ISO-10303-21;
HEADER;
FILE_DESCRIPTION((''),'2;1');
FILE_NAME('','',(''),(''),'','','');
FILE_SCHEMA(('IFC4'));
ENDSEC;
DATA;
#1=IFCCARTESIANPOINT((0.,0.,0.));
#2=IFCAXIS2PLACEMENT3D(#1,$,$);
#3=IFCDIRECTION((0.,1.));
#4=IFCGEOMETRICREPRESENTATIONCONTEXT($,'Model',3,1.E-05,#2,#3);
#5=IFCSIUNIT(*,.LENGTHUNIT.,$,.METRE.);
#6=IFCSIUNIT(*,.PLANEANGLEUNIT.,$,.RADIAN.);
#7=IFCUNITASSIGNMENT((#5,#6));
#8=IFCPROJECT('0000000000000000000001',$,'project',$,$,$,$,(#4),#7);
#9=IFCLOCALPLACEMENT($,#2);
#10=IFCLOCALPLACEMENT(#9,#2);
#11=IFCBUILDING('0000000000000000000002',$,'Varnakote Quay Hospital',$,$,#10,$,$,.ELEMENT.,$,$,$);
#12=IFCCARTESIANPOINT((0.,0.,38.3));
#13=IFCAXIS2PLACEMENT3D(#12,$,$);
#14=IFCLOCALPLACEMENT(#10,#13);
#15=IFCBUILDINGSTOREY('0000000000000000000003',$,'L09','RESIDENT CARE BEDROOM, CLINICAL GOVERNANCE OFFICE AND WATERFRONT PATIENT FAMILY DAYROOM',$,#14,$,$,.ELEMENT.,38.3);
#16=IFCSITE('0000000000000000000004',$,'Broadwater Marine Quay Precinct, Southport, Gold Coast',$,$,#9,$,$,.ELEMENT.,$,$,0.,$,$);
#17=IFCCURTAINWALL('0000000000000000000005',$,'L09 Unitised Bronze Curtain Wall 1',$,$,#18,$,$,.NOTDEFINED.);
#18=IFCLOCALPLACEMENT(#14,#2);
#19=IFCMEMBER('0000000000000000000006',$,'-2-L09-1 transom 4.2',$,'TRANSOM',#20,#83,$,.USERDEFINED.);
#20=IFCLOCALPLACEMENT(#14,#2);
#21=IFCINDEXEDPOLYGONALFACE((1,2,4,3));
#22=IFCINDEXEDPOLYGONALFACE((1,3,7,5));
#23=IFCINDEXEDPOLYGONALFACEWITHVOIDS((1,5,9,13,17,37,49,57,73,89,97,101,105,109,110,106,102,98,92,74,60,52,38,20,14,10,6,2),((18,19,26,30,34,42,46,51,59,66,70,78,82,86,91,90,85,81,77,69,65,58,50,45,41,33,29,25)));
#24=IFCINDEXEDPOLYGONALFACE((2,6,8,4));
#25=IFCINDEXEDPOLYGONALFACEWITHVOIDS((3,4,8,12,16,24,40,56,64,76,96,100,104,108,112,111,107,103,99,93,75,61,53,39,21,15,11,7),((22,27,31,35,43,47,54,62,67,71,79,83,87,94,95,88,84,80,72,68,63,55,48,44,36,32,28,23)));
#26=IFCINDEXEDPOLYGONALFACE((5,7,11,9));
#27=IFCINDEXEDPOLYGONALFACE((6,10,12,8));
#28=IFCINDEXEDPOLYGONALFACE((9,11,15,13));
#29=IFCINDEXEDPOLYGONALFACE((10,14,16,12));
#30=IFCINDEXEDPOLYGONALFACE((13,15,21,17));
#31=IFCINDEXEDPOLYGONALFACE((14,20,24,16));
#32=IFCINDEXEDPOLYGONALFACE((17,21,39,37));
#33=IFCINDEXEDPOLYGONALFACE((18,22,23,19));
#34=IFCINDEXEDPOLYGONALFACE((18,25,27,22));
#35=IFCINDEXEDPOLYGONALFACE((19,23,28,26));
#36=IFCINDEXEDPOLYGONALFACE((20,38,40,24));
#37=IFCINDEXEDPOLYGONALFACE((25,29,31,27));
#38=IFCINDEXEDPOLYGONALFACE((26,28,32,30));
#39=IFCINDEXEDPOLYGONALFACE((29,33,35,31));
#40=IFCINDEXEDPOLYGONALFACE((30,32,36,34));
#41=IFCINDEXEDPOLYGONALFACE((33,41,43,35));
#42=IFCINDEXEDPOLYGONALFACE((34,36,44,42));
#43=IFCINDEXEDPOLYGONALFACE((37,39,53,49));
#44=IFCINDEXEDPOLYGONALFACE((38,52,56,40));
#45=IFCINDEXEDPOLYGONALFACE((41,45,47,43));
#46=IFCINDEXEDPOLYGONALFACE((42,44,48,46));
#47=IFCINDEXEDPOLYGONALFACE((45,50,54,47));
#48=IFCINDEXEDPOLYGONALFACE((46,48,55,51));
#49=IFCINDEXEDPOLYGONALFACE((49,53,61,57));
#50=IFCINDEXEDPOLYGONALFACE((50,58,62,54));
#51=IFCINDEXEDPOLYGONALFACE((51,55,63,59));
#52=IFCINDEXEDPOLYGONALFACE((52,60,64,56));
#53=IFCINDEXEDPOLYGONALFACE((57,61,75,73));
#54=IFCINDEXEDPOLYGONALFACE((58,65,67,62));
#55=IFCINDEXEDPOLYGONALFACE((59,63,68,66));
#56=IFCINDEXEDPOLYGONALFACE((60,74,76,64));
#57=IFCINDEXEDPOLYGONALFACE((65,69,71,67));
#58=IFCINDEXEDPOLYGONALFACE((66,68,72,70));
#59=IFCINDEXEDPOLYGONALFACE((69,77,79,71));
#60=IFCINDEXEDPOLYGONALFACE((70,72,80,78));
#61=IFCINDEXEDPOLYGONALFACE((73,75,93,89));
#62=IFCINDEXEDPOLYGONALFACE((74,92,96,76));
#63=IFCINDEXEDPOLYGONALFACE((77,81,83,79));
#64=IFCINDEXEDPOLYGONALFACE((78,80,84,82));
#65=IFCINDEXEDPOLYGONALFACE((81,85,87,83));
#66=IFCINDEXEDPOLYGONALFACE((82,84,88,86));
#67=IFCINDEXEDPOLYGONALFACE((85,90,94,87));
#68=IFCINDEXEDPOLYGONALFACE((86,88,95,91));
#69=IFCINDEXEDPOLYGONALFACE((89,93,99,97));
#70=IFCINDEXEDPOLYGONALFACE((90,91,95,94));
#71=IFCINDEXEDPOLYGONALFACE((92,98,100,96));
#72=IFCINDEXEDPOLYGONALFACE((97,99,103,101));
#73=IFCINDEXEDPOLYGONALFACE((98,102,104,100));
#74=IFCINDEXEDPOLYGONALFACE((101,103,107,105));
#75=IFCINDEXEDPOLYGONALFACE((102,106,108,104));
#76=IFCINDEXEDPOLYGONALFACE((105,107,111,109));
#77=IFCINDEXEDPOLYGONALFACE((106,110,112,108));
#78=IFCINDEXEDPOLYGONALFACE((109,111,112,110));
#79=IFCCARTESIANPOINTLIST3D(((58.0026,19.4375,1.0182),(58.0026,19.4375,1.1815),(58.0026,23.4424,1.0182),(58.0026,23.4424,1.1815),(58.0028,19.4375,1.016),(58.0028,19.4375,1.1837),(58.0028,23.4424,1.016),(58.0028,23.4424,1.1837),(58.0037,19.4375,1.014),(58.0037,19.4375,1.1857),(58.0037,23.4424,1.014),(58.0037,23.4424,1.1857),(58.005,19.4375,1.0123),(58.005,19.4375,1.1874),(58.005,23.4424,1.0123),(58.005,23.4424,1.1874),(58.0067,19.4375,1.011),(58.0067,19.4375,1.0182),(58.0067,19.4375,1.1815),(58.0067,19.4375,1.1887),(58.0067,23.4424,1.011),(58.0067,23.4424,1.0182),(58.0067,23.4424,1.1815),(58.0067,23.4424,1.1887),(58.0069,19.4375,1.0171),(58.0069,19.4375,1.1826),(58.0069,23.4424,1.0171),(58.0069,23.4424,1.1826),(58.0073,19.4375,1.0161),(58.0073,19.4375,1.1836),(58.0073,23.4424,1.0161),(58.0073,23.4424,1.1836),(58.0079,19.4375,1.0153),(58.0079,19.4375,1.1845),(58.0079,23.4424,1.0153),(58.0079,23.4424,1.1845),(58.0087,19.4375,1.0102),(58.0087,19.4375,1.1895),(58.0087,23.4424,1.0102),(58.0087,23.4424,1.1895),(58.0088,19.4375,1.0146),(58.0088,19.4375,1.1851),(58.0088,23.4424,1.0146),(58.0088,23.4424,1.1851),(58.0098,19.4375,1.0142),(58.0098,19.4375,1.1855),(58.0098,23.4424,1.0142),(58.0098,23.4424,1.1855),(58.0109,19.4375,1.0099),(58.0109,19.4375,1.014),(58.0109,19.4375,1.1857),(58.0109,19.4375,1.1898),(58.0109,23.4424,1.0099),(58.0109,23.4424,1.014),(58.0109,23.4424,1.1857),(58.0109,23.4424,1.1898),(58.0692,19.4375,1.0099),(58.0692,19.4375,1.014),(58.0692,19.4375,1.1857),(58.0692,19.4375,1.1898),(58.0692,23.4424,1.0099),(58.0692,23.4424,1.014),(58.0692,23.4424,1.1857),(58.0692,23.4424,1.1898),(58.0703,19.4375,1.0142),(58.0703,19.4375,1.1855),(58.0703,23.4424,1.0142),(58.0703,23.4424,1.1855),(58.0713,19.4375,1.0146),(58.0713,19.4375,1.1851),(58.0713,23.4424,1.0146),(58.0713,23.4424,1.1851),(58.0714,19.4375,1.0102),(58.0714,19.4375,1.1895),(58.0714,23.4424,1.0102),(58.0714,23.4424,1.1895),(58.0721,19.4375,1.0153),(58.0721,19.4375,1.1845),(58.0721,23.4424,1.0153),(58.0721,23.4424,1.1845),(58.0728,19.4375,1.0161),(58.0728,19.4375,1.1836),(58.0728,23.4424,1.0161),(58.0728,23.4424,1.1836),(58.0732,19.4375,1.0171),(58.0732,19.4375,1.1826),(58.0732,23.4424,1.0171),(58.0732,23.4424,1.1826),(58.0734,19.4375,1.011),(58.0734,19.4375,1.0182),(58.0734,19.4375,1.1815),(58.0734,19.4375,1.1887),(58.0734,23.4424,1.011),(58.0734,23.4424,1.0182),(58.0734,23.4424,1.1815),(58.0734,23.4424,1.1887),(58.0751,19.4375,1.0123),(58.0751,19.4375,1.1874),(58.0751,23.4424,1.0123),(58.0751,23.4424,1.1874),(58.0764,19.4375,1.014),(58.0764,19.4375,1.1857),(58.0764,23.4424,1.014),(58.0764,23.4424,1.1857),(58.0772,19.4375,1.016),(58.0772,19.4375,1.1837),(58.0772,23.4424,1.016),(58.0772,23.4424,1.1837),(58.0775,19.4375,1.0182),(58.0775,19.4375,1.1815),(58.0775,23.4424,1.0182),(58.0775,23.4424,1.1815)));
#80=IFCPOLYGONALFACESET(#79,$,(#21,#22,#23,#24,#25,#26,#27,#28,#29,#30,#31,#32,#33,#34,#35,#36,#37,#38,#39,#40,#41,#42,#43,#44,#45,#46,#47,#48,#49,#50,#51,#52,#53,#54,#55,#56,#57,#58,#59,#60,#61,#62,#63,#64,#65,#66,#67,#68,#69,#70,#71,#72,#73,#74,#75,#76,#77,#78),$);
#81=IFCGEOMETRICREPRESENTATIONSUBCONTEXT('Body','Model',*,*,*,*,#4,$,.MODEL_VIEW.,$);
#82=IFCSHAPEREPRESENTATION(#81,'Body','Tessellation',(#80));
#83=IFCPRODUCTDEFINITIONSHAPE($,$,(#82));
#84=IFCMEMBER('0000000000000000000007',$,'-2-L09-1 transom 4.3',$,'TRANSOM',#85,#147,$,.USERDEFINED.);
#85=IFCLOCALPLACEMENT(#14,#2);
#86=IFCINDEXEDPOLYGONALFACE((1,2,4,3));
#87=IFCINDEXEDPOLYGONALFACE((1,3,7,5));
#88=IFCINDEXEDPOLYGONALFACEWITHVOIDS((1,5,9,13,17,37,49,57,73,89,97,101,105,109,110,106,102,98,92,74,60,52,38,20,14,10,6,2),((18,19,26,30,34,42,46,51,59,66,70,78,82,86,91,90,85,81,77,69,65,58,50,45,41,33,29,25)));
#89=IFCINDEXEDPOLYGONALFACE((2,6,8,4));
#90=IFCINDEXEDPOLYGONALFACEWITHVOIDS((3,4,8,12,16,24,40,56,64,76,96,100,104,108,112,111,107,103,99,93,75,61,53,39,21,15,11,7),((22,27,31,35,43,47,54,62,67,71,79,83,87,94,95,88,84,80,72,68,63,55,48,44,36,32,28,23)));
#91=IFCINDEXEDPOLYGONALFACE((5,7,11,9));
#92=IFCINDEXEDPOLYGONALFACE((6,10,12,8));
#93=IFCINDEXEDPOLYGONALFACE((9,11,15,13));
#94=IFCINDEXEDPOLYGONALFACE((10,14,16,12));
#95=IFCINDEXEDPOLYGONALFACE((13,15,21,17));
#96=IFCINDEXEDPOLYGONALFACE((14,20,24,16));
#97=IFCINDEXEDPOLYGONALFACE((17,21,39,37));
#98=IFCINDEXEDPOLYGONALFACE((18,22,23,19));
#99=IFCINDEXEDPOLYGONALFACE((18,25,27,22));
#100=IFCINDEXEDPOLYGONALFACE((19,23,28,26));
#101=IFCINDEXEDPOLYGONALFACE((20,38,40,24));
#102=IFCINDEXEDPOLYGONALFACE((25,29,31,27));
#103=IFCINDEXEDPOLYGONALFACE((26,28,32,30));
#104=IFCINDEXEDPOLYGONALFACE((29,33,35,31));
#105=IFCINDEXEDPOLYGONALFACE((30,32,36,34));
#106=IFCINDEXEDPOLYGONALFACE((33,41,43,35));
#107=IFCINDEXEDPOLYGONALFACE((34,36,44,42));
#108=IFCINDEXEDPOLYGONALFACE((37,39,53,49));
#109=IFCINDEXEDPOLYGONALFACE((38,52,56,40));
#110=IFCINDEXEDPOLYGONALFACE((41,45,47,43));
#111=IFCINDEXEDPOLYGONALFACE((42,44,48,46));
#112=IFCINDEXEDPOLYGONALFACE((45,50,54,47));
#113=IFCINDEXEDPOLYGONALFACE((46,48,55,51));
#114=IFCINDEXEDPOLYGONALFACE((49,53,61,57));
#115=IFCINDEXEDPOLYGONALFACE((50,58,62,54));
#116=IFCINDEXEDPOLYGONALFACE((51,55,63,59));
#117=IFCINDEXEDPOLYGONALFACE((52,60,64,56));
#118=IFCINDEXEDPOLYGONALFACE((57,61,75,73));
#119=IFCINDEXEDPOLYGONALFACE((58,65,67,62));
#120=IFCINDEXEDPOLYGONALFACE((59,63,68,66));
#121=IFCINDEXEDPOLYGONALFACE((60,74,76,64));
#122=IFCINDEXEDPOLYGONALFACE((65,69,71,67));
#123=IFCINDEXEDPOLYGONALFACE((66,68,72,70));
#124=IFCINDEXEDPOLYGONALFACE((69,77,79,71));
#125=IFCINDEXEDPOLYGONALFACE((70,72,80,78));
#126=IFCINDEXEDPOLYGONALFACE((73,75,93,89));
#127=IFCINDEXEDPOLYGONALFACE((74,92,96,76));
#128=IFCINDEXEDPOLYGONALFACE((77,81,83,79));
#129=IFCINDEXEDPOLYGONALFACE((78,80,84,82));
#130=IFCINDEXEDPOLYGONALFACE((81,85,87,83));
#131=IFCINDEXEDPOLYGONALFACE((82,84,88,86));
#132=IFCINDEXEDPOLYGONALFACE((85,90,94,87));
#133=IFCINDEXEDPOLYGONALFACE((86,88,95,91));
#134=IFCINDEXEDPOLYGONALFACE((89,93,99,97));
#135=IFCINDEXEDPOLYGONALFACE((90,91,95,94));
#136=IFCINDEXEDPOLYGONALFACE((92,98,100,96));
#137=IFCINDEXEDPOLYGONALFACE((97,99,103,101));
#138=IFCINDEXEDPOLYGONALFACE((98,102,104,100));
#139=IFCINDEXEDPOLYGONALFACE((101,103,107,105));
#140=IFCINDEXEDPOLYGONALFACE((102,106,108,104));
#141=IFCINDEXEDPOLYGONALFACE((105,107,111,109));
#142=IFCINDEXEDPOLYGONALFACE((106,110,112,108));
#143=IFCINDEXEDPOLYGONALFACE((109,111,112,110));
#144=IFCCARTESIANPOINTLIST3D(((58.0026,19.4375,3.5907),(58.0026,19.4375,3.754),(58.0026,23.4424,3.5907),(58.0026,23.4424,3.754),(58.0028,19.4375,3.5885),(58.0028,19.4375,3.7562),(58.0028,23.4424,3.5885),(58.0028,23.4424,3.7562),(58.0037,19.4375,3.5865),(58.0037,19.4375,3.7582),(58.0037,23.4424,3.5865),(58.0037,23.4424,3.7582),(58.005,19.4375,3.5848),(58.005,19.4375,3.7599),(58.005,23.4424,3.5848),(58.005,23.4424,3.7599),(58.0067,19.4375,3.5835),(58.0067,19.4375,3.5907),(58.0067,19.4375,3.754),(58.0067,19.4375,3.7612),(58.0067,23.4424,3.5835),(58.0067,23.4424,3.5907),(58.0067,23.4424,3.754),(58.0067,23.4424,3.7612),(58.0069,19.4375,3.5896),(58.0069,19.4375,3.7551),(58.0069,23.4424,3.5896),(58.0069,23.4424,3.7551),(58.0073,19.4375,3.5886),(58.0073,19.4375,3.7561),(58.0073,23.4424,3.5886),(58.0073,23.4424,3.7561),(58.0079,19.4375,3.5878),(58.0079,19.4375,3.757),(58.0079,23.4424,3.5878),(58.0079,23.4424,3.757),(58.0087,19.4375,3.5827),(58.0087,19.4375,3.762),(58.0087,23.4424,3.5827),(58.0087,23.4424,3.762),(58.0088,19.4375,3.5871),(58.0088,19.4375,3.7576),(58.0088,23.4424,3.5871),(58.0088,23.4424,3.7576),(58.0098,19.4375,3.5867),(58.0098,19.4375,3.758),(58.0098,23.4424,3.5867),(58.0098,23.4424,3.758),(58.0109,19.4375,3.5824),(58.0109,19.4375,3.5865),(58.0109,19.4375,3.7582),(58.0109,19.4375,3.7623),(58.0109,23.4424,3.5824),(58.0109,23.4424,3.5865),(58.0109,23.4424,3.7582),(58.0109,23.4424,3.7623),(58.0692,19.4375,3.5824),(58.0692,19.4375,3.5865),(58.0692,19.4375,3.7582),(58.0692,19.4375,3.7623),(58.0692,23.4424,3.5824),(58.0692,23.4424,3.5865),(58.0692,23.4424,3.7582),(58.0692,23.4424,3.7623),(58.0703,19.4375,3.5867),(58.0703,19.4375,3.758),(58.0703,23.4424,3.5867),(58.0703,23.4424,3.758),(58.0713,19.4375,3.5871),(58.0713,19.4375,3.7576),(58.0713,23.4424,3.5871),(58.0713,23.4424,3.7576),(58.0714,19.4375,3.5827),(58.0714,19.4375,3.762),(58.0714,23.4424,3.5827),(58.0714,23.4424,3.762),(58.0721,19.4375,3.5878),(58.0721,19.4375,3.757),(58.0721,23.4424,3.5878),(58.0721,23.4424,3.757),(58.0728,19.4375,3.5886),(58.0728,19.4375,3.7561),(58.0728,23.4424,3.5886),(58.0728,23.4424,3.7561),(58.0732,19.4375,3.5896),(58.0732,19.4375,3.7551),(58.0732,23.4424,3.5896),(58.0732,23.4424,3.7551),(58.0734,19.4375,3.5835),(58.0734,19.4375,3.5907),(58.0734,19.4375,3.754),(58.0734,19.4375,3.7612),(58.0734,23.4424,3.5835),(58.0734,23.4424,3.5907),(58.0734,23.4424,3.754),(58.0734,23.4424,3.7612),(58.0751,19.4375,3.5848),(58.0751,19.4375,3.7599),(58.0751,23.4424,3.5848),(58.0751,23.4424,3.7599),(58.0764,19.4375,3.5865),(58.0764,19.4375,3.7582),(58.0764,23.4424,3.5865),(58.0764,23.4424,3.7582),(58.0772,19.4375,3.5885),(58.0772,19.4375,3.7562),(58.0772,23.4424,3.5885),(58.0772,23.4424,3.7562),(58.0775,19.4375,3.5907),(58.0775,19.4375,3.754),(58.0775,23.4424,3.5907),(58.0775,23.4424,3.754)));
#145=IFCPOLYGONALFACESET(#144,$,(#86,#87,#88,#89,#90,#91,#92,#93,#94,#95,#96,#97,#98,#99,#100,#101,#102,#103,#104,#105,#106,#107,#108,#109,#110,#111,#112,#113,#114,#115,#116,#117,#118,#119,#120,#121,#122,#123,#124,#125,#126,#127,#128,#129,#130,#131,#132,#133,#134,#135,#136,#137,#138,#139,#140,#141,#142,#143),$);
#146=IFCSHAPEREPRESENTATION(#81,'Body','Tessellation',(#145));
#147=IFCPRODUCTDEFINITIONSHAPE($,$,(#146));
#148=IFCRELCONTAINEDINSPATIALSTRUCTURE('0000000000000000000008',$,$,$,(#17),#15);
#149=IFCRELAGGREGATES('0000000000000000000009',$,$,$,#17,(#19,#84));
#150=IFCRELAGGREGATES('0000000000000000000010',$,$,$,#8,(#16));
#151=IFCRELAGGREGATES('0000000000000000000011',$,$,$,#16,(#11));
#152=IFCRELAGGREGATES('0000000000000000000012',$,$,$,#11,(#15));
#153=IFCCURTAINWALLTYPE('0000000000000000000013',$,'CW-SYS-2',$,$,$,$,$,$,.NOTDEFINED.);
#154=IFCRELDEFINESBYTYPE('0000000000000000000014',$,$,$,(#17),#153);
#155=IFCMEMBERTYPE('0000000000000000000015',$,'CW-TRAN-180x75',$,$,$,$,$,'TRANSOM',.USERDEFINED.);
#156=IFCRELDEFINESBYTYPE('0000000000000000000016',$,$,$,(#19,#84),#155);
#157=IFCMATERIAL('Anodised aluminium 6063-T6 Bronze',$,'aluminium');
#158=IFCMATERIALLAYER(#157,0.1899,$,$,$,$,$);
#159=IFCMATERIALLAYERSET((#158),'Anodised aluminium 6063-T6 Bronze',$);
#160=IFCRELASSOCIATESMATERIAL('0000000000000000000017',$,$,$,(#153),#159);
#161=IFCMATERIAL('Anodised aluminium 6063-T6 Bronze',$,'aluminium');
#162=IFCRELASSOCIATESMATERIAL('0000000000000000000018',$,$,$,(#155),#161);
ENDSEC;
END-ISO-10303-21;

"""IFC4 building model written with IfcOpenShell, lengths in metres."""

from ifc_helpers import new_model, si_unit, direction, frame, origin, origin_2d, place, context, subcontext, project, spatial, hollow_rectangle, extrude, material, layer, layer_set, material_profile, profile_set, type_object, element, aggregate, save


model = new_model("IFC4")

# Units and contexts
model_context = context("Model", 3, precision=1e-05, world=origin(), true_north=direction((0.0, 1.0)))
body_context = subcontext(model_context, "Body", "Model", "MODEL_VIEW")
ifc_project = project(units=[si_unit("LENGTHUNIT", "METRE"), si_unit("PLANEANGLEUNIT", "RADIAN")], contexts=[model_context])

# Site, building, storey
site_placement = place(None, origin())
site = spatial("IfcSite", under=ifc_project, at=site_placement, Name="Broadwater Marine Quay Precinct, Southport, Gold Coast", CompositionType="ELEMENT", RefElevation=0.0)
building_placement = place(site_placement, origin())
building = spatial("IfcBuilding", under=site, at=building_placement, Name="Varnakote Quay Hospital", CompositionType="ELEMENT")
storey_placement = place(building_placement, frame((0.0, 0.0, 38.3)))
storey = spatial("IfcBuildingStorey", under=building, at=storey_placement, Name="L09", Description="RESIDENT CARE BEDROOM, CLINICAL GOVERNANCE OFFICE AND WATERFRONT PATIENT FAMILY DAYROOM", CompositionType="ELEMENT", Elevation=38.3)

# Curtain wall, members
ifc_material_1 = material(Name="Anodised aluminium 6063-T6 Bronze", Category="aluminium")
ifc_layer_1 = layer(ifc_material_1, 0.1899)
ifc_layer_set_1 = layer_set([ifc_layer_1], Name="Anodised aluminium 6063-T6 Bronze")
curtain_wall_type = type_object("IfcCurtainWallType", Name="CW-SYS-2", PredefinedType="NOTDEFINED", material=ifc_layer_set_1)
curtain_wall_placement = place(storey_placement, origin())
curtain_wall = element("IfcCurtainWall", 1, at=curtain_wall_placement, inside=storey, type_object=curtain_wall_type, Name="L09 Unitised Bronze Curtain Wall 1", PredefinedType="NOTDEFINED")
ifc_material_2 = material(Name="Anodised aluminium 6063-T6 Bronze", Category="aluminium")
ifc_material_profile_1 = material_profile(ifc_material_2, hollow_rectangle(XDim=0.075, YDim=0.1799, WallThickness=0.0042, InnerFilletRadius=0.0042, OuterFilletRadius=0.0083, at=origin_2d()), Name="CW-TRAN-180x75")
ifc_profile_set_1 = profile_set([ifc_material_profile_1], Name="Anodised aluminium 6063-T6 Bronze")
member_type_1 = type_object("IfcMemberType", Name="CW-TRAN-180x75", ElementType="TRANSOM", PredefinedType="USERDEFINED", material=ifc_profile_set_1)
member_1_placement = place(storey_placement, frame((58.04, 19.4375, 1.0999), z_axis=(0.0, 1.0, 0.0), x_axis=(-1.0, 0.0, 0.0)))
member_1 = element("IfcMember", 2, at=member_1_placement, type_object=member_type_1, Name="-2-L09-1 transom 4.2", ObjectType="TRANSOM", PredefinedType="USERDEFINED", context=body_context, shape_type="SweptSolid", body=[
    extrude(hollow_rectangle(XDim=0.075, YDim=0.1799, WallThickness=0.0042, InnerFilletRadius=0.0042, OuterFilletRadius=0.0083, at=origin_2d()), origin(), (0.0, 0.0, 1.0), 4.0049),
])
member_2_placement = place(storey_placement, frame((58.04, 19.4375, 3.6724), z_axis=(0.0, 1.0, 0.0), x_axis=(-1.0, 0.0, 0.0)))
member_2 = element("IfcMember", 3, at=member_2_placement, type_object=member_type_1, Name="-2-L09-1 transom 4.3", ObjectType="TRANSOM", PredefinedType="USERDEFINED", context=body_context, shape_type="SweptSolid", body=[
    extrude(hollow_rectangle(XDim=0.075, YDim=0.1799, WallThickness=0.0042, InnerFilletRadius=0.0042, OuterFilletRadius=0.0083, at=origin_2d()), origin(), (0.0, 0.0, 1.0), 4.0049),
])
aggregate(curtain_wall, [member_1, member_2])

save(model, "model.ifc")
